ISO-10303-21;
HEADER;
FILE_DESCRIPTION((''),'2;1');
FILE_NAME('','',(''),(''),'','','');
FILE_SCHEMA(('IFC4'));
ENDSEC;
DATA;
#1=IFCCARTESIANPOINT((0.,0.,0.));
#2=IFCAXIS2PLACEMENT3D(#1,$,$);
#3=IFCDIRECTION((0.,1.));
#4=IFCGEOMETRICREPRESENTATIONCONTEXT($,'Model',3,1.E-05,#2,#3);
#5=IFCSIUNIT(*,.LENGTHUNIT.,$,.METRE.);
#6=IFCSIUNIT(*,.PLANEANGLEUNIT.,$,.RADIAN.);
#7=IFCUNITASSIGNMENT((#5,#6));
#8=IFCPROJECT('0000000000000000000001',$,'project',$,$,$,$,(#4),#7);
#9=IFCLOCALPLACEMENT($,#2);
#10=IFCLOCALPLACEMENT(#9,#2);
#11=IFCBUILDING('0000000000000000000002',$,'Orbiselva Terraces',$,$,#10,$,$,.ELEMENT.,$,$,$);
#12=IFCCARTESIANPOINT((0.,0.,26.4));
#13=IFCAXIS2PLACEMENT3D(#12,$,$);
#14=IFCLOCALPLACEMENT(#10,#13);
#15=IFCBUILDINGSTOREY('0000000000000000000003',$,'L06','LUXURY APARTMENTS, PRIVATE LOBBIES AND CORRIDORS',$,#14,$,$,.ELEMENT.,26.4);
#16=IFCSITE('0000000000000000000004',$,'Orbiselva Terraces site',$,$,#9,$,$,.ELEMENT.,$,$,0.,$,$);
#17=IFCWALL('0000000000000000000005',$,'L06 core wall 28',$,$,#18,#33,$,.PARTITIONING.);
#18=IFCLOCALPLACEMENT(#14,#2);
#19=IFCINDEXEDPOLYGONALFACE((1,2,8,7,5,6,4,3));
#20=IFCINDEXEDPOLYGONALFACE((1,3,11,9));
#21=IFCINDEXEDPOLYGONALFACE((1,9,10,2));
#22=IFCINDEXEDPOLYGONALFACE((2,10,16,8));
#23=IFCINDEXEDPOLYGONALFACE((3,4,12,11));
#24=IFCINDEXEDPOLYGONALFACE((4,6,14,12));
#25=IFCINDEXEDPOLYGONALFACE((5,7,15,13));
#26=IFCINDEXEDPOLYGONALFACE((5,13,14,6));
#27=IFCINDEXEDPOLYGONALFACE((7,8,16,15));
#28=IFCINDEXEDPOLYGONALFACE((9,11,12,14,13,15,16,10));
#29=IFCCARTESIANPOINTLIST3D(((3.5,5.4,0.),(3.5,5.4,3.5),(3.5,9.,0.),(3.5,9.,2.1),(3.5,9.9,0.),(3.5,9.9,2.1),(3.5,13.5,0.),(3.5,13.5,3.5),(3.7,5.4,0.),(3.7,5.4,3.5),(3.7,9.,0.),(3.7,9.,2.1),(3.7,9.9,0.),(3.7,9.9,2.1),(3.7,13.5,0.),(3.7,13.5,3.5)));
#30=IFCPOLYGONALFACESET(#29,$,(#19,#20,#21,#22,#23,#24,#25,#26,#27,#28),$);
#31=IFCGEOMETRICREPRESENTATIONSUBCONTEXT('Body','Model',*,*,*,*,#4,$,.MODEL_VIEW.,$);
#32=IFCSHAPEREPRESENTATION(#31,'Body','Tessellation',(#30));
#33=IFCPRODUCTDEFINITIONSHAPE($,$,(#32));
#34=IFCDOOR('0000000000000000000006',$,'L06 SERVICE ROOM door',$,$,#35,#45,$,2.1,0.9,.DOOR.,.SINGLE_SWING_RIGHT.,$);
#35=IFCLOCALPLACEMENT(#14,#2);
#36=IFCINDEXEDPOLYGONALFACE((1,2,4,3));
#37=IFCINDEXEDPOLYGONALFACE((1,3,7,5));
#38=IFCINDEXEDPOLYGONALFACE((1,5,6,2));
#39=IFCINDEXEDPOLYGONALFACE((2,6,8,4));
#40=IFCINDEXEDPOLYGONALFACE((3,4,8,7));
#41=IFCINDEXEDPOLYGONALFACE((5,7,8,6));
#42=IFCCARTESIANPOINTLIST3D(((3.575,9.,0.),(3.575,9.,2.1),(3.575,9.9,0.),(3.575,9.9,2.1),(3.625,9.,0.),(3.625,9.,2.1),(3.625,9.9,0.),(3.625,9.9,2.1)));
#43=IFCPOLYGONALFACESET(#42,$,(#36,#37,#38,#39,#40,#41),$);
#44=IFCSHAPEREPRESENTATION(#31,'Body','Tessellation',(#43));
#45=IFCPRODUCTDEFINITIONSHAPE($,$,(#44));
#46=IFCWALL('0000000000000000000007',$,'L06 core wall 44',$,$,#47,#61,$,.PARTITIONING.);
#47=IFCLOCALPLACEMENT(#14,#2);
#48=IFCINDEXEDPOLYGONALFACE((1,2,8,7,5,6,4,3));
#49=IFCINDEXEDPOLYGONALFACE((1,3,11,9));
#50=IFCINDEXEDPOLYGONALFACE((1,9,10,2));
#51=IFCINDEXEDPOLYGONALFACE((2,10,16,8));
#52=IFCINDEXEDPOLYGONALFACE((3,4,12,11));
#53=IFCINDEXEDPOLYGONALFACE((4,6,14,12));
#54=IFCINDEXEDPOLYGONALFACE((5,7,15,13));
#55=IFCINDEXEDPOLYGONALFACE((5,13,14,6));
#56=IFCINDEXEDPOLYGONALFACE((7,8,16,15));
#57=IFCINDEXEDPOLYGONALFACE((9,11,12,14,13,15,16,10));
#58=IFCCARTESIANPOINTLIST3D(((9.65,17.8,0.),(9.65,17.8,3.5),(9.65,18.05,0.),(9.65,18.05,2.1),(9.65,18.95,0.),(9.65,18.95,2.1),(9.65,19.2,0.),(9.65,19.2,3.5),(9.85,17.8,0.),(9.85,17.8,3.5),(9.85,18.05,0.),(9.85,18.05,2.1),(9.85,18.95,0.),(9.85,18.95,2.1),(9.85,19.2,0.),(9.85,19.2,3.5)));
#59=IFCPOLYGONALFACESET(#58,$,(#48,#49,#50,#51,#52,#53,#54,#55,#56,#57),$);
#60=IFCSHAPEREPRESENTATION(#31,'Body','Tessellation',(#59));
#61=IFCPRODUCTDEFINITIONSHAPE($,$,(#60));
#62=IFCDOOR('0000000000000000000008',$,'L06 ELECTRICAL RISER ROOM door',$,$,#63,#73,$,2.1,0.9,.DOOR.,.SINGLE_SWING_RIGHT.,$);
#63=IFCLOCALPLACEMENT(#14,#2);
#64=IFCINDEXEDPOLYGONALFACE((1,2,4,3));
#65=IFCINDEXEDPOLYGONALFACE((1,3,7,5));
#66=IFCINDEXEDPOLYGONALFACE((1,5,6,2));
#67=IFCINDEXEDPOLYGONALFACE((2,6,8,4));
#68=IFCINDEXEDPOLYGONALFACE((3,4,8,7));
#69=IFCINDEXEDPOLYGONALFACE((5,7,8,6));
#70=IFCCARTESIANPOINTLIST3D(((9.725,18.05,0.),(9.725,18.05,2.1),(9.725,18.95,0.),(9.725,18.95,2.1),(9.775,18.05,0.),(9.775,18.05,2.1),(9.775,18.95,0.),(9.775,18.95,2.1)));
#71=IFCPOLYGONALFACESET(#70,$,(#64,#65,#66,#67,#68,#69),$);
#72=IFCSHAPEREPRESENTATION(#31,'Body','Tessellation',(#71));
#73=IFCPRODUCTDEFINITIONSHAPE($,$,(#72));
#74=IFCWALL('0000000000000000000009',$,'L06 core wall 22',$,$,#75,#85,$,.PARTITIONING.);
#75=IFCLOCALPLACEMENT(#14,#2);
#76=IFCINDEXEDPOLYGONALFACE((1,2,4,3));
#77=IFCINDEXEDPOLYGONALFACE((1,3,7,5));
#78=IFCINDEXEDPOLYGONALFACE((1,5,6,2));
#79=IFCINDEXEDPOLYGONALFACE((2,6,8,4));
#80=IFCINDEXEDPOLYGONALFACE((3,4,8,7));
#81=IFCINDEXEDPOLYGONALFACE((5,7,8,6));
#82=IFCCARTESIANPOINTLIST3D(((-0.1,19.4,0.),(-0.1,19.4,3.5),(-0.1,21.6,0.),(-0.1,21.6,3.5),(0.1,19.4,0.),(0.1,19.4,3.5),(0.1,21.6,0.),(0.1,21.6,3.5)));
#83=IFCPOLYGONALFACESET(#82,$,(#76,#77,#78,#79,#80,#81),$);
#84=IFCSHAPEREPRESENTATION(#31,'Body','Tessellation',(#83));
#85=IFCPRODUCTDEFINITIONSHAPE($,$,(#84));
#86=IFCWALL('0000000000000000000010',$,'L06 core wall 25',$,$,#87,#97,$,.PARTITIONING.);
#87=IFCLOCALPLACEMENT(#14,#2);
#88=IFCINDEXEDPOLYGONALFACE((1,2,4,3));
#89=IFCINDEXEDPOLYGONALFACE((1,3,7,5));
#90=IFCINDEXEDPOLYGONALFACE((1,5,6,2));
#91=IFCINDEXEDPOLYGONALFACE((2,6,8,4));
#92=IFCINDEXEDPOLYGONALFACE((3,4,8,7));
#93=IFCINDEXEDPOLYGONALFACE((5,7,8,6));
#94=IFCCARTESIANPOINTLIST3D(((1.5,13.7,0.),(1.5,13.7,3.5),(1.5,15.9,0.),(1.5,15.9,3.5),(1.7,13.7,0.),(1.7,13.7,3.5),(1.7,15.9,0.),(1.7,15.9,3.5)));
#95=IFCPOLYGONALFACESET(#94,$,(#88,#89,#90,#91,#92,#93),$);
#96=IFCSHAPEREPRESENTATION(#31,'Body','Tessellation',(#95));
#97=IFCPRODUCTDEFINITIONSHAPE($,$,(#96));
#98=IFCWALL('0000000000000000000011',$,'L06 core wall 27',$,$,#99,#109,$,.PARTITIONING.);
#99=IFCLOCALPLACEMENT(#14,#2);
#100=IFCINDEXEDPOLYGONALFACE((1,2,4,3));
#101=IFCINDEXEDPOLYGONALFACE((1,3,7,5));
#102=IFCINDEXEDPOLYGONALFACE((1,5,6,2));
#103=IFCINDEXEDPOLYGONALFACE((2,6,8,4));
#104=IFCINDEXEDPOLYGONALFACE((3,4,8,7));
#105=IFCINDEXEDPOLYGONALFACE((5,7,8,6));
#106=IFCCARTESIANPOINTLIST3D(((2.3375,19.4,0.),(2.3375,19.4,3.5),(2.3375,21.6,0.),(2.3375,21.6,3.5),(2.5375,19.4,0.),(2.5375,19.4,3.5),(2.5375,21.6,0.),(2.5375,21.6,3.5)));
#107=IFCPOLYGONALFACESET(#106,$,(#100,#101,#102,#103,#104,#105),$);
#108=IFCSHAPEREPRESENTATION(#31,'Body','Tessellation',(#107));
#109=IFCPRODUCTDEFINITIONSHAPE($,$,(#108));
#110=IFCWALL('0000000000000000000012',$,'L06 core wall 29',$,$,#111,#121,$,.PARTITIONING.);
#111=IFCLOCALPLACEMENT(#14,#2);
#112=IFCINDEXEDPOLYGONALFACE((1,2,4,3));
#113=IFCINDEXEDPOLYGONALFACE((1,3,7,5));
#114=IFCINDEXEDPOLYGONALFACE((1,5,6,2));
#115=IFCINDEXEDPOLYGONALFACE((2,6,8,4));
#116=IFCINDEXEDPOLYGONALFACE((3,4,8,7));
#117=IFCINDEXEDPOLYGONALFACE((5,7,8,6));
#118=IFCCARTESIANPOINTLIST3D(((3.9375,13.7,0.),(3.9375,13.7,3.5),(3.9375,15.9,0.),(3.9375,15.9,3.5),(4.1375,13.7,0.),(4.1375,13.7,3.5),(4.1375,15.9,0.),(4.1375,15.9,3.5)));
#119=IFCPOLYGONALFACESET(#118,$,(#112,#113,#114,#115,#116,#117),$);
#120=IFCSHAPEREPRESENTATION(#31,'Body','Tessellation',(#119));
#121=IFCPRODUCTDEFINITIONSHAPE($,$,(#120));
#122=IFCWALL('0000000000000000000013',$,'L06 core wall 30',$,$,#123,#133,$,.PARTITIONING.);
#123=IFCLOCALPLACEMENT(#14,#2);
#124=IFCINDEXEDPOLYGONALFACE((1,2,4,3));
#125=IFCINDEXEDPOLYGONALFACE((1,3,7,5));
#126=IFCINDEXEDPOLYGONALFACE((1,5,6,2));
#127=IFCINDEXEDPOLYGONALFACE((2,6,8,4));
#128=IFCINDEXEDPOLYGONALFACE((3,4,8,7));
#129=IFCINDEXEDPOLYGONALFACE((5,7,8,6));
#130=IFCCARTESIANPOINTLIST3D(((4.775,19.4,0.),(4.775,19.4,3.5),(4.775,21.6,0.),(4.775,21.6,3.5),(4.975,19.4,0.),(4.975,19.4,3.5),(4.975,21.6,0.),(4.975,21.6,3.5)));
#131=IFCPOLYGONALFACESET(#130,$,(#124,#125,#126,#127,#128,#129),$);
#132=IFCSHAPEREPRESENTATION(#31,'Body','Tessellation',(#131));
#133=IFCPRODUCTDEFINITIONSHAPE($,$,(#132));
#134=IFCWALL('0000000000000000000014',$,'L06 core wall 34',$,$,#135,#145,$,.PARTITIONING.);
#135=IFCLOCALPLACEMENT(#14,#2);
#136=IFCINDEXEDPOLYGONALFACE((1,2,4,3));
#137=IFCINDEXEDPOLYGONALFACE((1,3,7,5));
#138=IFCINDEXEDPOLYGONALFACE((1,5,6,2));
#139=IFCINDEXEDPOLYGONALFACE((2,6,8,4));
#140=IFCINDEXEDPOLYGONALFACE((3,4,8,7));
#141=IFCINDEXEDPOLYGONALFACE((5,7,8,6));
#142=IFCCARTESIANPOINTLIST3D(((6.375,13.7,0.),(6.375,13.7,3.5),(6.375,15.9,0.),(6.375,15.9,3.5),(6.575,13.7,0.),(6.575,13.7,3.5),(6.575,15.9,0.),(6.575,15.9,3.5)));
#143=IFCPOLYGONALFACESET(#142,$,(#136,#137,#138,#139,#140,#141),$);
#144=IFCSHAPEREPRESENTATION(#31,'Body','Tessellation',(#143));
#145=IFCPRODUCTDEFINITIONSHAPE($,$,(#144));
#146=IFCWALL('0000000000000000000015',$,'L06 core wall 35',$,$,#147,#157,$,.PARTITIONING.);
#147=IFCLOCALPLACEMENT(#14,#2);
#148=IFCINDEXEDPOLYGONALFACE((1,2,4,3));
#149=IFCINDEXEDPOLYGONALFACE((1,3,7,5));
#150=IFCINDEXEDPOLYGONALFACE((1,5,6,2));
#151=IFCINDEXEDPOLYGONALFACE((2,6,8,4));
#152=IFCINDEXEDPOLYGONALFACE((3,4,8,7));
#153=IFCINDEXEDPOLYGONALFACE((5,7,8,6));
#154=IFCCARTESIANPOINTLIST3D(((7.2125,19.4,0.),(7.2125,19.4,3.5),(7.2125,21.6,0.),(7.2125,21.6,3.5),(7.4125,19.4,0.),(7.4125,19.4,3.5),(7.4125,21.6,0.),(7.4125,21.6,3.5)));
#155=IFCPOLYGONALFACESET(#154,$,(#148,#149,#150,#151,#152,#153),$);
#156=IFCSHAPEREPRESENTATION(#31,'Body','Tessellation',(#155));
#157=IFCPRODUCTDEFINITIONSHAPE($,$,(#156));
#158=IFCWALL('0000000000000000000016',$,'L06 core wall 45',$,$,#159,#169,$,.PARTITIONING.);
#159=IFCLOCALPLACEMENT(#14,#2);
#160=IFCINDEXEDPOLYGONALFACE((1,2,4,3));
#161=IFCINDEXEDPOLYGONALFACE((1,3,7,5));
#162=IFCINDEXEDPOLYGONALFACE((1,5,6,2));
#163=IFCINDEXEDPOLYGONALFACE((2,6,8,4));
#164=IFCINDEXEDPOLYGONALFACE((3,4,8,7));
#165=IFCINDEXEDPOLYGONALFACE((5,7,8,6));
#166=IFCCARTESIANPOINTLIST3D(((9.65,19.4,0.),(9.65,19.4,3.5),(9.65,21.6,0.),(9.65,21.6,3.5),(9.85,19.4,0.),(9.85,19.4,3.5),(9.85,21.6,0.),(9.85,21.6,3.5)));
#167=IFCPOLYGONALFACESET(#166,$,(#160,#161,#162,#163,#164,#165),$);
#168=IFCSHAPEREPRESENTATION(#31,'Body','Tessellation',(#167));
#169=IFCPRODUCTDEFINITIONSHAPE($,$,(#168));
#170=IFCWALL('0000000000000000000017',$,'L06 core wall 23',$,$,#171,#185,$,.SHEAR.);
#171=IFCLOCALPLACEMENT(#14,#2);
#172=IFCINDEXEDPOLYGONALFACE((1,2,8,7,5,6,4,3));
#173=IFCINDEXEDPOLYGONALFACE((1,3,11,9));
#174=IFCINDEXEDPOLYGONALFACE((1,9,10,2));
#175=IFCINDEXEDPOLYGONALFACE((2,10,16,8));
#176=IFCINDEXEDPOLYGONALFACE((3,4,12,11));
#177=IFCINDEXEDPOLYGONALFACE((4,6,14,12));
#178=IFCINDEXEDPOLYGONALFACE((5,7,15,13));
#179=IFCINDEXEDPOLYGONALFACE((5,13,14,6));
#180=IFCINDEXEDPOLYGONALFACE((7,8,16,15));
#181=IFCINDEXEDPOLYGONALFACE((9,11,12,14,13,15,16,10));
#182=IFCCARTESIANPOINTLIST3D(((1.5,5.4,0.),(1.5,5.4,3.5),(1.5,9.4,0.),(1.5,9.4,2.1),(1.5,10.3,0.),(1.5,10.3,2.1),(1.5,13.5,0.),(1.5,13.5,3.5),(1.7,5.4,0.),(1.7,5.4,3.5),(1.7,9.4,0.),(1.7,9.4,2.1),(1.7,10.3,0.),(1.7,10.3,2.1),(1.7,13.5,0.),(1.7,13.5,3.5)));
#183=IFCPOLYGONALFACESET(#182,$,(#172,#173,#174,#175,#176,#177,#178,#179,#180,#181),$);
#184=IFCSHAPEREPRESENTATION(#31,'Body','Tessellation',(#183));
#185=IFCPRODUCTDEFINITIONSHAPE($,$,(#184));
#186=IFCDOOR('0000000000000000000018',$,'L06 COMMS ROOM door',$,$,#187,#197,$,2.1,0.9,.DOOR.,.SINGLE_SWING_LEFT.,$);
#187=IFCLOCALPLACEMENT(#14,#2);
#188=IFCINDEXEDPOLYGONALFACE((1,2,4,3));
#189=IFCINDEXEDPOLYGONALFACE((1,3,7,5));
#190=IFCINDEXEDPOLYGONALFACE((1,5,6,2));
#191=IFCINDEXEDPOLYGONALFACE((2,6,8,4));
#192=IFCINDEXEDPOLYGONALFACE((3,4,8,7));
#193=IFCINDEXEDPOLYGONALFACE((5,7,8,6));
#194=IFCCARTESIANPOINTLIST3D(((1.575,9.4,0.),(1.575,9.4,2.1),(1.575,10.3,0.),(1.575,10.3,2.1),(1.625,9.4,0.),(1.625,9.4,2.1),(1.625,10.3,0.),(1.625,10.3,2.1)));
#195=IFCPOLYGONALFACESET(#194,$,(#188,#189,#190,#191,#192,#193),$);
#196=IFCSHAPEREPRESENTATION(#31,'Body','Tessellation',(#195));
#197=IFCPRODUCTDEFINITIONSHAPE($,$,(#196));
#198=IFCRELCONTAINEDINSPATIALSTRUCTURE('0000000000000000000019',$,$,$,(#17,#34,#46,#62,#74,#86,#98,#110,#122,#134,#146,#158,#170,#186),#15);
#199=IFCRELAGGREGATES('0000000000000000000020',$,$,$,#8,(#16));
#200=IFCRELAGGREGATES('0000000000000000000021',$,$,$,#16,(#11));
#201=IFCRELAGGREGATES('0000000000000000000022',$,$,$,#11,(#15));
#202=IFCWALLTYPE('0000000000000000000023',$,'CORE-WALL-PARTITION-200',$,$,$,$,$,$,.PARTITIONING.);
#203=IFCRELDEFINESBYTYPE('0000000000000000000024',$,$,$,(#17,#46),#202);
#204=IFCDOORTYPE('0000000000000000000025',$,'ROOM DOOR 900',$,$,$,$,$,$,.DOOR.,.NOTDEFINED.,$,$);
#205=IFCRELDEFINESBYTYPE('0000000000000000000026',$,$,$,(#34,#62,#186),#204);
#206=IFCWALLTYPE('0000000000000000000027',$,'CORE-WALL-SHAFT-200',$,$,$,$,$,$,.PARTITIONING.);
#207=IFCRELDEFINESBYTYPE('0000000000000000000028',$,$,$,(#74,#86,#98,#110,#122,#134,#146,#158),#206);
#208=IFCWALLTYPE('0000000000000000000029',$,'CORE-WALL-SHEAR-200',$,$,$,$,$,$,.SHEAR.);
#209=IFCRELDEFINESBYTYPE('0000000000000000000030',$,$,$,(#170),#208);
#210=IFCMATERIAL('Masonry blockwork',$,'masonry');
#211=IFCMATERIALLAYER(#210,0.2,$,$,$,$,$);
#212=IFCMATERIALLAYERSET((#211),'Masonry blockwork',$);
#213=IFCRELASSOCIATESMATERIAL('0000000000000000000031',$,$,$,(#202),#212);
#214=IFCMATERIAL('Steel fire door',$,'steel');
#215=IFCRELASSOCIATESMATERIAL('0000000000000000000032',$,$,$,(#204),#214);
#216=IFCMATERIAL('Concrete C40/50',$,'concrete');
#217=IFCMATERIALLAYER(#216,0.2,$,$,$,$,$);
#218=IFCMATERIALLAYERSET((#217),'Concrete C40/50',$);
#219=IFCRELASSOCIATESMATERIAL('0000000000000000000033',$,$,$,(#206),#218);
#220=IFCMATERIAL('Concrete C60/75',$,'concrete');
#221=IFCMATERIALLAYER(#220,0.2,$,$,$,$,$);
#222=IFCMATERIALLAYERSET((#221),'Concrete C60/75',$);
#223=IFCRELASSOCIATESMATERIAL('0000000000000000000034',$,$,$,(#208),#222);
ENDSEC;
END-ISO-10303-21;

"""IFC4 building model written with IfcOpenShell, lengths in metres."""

from ifc_helpers import new_model, si_unit, direction, frame, frame_2d, origin, place, context, subcontext, project, spatial, rectangle, extrude, material, layer, layer_set, type_object, element, fill, save


model = new_model("IFC4")

# Units and contexts
model_context = context("Model", 3, precision=1e-05, world=origin(), true_north=direction((0.0, 1.0)))
body_context = subcontext(model_context, "Body", "Model", "MODEL_VIEW")
ifc_project = project(units=[si_unit("LENGTHUNIT", "METRE"), si_unit("PLANEANGLEUNIT", "RADIAN")], contexts=[model_context])

# Site, building, storey
site_placement = place(None, origin())
site = spatial("IfcSite", under=ifc_project, at=site_placement, Name="Orbiselva Terraces site", CompositionType="ELEMENT", RefElevation=0.0)
building_placement = place(site_placement, origin())
building = spatial("IfcBuilding", under=site, at=building_placement, Name="Orbiselva Terraces", CompositionType="ELEMENT")
storey_placement = place(building_placement, frame((0.0, 0.0, 26.4)))
storey = spatial("IfcBuildingStorey", under=building, at=storey_placement, Name="L06", Description="LUXURY APARTMENTS, PRIVATE LOBBIES AND CORRIDORS", CompositionType="ELEMENT", Elevation=26.4)

# Walls, openings, doors
ifc_material_1 = material(Name="Masonry blockwork", Category="masonry")
ifc_layer_1 = layer(ifc_material_1, 0.2)
ifc_layer_set_1 = layer_set([ifc_layer_1], Name="Masonry blockwork")
wall_type_1 = type_object("IfcWallType", Name="CORE-WALL-PARTITION-200", PredefinedType="PARTITIONING", material=ifc_layer_set_1)
wall_1_placement = place(storey_placement, frame((3.6, 13.5, 0.0), z_axis=(0.0, 0.0, 1.0), x_axis=(0.0, -1.0, 0.0)))
wall_1 = element("IfcWall", 1, at=wall_1_placement, inside=storey, type_object=wall_type_1, Name="L06 core wall 28", PredefinedType="PARTITIONING", context=body_context, shape_type="SweptSolid", body=[
    extrude(rectangle(XDim=8.1, YDim=0.2, at=frame_2d((4.05, 0.0))), origin(), (0.0, 0.0, 1.0), 3.5),
])
opening_1_placement = place(wall_1_placement, frame((3.6, 0.0, 0.0)))
opening_1 = element("IfcOpeningElement", 2, at=opening_1_placement, cuts=wall_1, PredefinedType="OPENING", context=body_context, shape_type="SweptSolid", body=[
    extrude(rectangle(XDim=0.9, YDim=2.1, at=frame_2d((0.45, 1.05))), frame((0.0, 0.11, 0.0), z_axis=(0.0, -1.0, 0.0), x_axis=(1.0, 0.0, 0.0)), (0.0, 0.0, 1.0), 0.22),
])
ifc_material_2 = material(Name="Steel fire door", Category="steel")
door_type = type_object("IfcDoorType", Name="ROOM DOOR 900", OperationType="NOTDEFINED", PredefinedType="DOOR", material=ifc_material_2)
door_1_placement = place(opening_1_placement, origin())
door_1 = element("IfcDoor", 3, at=door_1_placement, inside=storey, type_object=door_type, Name="L06 SERVICE ROOM door", OperationType="SINGLE_SWING_RIGHT", OverallHeight=2.1, OverallWidth=0.9, PredefinedType="DOOR", context=body_context, shape_type="SweptSolid", body=[
    extrude(rectangle(XDim=0.9, YDim=2.1, at=frame_2d((0.45, 1.05))), frame((0.0, 0.025, 0.0), z_axis=(0.0, -1.0, 0.0), x_axis=(1.0, 0.0, 0.0)), (0.0, 0.0, 1.0), 0.05),
])
fill(opening_1, door_1)
wall_2_placement = place(storey_placement, frame((9.75, 19.2, 0.0), z_axis=(0.0, 0.0, 1.0), x_axis=(0.0, -1.0, 0.0)))
wall_2 = element("IfcWall", 4, at=wall_2_placement, inside=storey, type_object=wall_type_1, Name="L06 core wall 44", PredefinedType="PARTITIONING", context=body_context, shape_type="SweptSolid", body=[
    extrude(rectangle(XDim=1.4, YDim=0.2, at=frame_2d((0.7, 0.0))), origin(), (0.0, 0.0, 1.0), 3.5),
])
opening_2_placement = place(wall_2_placement, frame((0.25, 0.0, 0.0)))
opening_2 = element("IfcOpeningElement", 5, at=opening_2_placement, cuts=wall_2, PredefinedType="OPENING", context=body_context, shape_type="SweptSolid", body=[
    extrude(rectangle(XDim=0.9, YDim=2.1, at=frame_2d((0.45, 1.05))), frame((0.0, 0.11, 0.0), z_axis=(0.0, -1.0, 0.0), x_axis=(1.0, 0.0, 0.0)), (0.0, 0.0, 1.0), 0.22),
])
door_2_placement = place(opening_2_placement, origin())
door_2 = element("IfcDoor", 6, at=door_2_placement, inside=storey, type_object=door_type, Name="L06 ELECTRICAL RISER ROOM door", OperationType="SINGLE_SWING_RIGHT", OverallHeight=2.1, OverallWidth=0.9, PredefinedType="DOOR", context=body_context, shape_type="SweptSolid", body=[
    extrude(rectangle(XDim=0.9, YDim=2.1, at=frame_2d((0.45, 1.05))), frame((0.0, 0.025, 0.0), z_axis=(0.0, -1.0, 0.0), x_axis=(1.0, 0.0, 0.0)), (0.0, 0.0, 1.0), 0.05),
])
fill(opening_2, door_2)

# Walls
ifc_material_3 = material(Name="Concrete C40/50", Category="concrete")
ifc_layer_2 = layer(ifc_material_3, 0.2)
ifc_layer_set_2 = layer_set([ifc_layer_2], Name="Concrete C40/50")
wall_type_2 = type_object("IfcWallType", Name="CORE-WALL-SHAFT-200", PredefinedType="PARTITIONING", material=ifc_layer_set_2)
for number, where, z_axis, x_axis, name in (
    (7, (0.0, 19.4, 0.0), (0.0, 0.0, 1.0), (0.0, 1.0, 0.0), "L06 core wall 22"),
    (8, (1.6, 13.7, 0.0), (0.0, 0.0, 1.0), (0.0, 1.0, 0.0), "L06 core wall 25"),
    (9, (2.4375, 19.4, 0.0), (0.0, 0.0, 1.0), (0.0, 1.0, 0.0), "L06 core wall 27"),
    (10, (4.0375, 13.7, 0.0), (0.0, 0.0, 1.0), (0.0, 1.0, 0.0), "L06 core wall 29"),
    (11, (4.875, 19.4, 0.0), (0.0, 0.0, 1.0), (0.0, 1.0, 0.0), "L06 core wall 30"),
    (12, (6.475, 13.7, 0.0), (0.0, 0.0, 1.0), (0.0, 1.0, 0.0), "L06 core wall 34"),
    (13, (7.3125, 19.4, 0.0), (0.0, 0.0, 1.0), (0.0, 1.0, 0.0), "L06 core wall 35"),
    (14, (9.75, 19.4, 0.0), (0.0, 0.0, 1.0), (0.0, 1.0, 0.0), "L06 core wall 45"),
):
    element("IfcWall", number, at=place(storey_placement, frame(where, z_axis=z_axis, x_axis=x_axis)), inside=storey, type_object=wall_type_2, Name=name, PredefinedType="PARTITIONING", context=body_context, shape_type="SweptSolid", body=[
        extrude(rectangle(XDim=2.2, YDim=0.2, at=frame_2d((1.1, 0.0))), origin(), (0.0, 0.0, 1.0), 3.5),
    ])

# Wall, opening, door
ifc_material_4 = material(Name="Concrete C60/75", Category="concrete")
ifc_layer_3 = layer(ifc_material_4, 0.2)
ifc_layer_set_3 = layer_set([ifc_layer_3], Name="Concrete C60/75")
wall_type_3 = type_object("IfcWallType", Name="CORE-WALL-SHEAR-200", PredefinedType="SHEAR", material=ifc_layer_set_3)
wall_3_placement = place(storey_placement, frame((1.6, 13.5, 0.0), z_axis=(0.0, 0.0, 1.0), x_axis=(0.0, -1.0, 0.0)))
wall_3 = element("IfcWall", 15, at=wall_3_placement, inside=storey, type_object=wall_type_3, Name="L06 core wall 23", PredefinedType="SHEAR", context=body_context, shape_type="SweptSolid", body=[
    extrude(rectangle(XDim=8.1, YDim=0.2, at=frame_2d((4.05, 0.0))), origin(), (0.0, 0.0, 1.0), 3.5),
])
opening_3_placement = place(wall_3_placement, frame((3.2, 0.0, 0.0)))
opening_3 = element("IfcOpeningElement", 16, at=opening_3_placement, cuts=wall_3, PredefinedType="OPENING", context=body_context, shape_type="SweptSolid", body=[
    extrude(rectangle(XDim=0.9, YDim=2.1, at=frame_2d((0.45, 1.05))), frame((0.0, 0.11, 0.0), z_axis=(0.0, -1.0, 0.0), x_axis=(1.0, 0.0, 0.0)), (0.0, 0.0, 1.0), 0.22),
])
door_3_placement = place(opening_3_placement, origin())
door_3 = element("IfcDoor", 17, at=door_3_placement, inside=storey, type_object=door_type, Name="L06 COMMS ROOM door", OperationType="SINGLE_SWING_LEFT", OverallHeight=2.1, OverallWidth=0.9, PredefinedType="DOOR", context=body_context, shape_type="SweptSolid", body=[
    extrude(rectangle(XDim=0.9, YDim=2.1, at=frame_2d((0.45, 1.05))), frame((0.0, 0.025, 0.0), z_axis=(0.0, -1.0, 0.0), x_axis=(1.0, 0.0, 0.0)), (0.0, 0.0, 1.0), 0.05),
])
fill(opening_3, door_3)

save(model, "model.ifc")
